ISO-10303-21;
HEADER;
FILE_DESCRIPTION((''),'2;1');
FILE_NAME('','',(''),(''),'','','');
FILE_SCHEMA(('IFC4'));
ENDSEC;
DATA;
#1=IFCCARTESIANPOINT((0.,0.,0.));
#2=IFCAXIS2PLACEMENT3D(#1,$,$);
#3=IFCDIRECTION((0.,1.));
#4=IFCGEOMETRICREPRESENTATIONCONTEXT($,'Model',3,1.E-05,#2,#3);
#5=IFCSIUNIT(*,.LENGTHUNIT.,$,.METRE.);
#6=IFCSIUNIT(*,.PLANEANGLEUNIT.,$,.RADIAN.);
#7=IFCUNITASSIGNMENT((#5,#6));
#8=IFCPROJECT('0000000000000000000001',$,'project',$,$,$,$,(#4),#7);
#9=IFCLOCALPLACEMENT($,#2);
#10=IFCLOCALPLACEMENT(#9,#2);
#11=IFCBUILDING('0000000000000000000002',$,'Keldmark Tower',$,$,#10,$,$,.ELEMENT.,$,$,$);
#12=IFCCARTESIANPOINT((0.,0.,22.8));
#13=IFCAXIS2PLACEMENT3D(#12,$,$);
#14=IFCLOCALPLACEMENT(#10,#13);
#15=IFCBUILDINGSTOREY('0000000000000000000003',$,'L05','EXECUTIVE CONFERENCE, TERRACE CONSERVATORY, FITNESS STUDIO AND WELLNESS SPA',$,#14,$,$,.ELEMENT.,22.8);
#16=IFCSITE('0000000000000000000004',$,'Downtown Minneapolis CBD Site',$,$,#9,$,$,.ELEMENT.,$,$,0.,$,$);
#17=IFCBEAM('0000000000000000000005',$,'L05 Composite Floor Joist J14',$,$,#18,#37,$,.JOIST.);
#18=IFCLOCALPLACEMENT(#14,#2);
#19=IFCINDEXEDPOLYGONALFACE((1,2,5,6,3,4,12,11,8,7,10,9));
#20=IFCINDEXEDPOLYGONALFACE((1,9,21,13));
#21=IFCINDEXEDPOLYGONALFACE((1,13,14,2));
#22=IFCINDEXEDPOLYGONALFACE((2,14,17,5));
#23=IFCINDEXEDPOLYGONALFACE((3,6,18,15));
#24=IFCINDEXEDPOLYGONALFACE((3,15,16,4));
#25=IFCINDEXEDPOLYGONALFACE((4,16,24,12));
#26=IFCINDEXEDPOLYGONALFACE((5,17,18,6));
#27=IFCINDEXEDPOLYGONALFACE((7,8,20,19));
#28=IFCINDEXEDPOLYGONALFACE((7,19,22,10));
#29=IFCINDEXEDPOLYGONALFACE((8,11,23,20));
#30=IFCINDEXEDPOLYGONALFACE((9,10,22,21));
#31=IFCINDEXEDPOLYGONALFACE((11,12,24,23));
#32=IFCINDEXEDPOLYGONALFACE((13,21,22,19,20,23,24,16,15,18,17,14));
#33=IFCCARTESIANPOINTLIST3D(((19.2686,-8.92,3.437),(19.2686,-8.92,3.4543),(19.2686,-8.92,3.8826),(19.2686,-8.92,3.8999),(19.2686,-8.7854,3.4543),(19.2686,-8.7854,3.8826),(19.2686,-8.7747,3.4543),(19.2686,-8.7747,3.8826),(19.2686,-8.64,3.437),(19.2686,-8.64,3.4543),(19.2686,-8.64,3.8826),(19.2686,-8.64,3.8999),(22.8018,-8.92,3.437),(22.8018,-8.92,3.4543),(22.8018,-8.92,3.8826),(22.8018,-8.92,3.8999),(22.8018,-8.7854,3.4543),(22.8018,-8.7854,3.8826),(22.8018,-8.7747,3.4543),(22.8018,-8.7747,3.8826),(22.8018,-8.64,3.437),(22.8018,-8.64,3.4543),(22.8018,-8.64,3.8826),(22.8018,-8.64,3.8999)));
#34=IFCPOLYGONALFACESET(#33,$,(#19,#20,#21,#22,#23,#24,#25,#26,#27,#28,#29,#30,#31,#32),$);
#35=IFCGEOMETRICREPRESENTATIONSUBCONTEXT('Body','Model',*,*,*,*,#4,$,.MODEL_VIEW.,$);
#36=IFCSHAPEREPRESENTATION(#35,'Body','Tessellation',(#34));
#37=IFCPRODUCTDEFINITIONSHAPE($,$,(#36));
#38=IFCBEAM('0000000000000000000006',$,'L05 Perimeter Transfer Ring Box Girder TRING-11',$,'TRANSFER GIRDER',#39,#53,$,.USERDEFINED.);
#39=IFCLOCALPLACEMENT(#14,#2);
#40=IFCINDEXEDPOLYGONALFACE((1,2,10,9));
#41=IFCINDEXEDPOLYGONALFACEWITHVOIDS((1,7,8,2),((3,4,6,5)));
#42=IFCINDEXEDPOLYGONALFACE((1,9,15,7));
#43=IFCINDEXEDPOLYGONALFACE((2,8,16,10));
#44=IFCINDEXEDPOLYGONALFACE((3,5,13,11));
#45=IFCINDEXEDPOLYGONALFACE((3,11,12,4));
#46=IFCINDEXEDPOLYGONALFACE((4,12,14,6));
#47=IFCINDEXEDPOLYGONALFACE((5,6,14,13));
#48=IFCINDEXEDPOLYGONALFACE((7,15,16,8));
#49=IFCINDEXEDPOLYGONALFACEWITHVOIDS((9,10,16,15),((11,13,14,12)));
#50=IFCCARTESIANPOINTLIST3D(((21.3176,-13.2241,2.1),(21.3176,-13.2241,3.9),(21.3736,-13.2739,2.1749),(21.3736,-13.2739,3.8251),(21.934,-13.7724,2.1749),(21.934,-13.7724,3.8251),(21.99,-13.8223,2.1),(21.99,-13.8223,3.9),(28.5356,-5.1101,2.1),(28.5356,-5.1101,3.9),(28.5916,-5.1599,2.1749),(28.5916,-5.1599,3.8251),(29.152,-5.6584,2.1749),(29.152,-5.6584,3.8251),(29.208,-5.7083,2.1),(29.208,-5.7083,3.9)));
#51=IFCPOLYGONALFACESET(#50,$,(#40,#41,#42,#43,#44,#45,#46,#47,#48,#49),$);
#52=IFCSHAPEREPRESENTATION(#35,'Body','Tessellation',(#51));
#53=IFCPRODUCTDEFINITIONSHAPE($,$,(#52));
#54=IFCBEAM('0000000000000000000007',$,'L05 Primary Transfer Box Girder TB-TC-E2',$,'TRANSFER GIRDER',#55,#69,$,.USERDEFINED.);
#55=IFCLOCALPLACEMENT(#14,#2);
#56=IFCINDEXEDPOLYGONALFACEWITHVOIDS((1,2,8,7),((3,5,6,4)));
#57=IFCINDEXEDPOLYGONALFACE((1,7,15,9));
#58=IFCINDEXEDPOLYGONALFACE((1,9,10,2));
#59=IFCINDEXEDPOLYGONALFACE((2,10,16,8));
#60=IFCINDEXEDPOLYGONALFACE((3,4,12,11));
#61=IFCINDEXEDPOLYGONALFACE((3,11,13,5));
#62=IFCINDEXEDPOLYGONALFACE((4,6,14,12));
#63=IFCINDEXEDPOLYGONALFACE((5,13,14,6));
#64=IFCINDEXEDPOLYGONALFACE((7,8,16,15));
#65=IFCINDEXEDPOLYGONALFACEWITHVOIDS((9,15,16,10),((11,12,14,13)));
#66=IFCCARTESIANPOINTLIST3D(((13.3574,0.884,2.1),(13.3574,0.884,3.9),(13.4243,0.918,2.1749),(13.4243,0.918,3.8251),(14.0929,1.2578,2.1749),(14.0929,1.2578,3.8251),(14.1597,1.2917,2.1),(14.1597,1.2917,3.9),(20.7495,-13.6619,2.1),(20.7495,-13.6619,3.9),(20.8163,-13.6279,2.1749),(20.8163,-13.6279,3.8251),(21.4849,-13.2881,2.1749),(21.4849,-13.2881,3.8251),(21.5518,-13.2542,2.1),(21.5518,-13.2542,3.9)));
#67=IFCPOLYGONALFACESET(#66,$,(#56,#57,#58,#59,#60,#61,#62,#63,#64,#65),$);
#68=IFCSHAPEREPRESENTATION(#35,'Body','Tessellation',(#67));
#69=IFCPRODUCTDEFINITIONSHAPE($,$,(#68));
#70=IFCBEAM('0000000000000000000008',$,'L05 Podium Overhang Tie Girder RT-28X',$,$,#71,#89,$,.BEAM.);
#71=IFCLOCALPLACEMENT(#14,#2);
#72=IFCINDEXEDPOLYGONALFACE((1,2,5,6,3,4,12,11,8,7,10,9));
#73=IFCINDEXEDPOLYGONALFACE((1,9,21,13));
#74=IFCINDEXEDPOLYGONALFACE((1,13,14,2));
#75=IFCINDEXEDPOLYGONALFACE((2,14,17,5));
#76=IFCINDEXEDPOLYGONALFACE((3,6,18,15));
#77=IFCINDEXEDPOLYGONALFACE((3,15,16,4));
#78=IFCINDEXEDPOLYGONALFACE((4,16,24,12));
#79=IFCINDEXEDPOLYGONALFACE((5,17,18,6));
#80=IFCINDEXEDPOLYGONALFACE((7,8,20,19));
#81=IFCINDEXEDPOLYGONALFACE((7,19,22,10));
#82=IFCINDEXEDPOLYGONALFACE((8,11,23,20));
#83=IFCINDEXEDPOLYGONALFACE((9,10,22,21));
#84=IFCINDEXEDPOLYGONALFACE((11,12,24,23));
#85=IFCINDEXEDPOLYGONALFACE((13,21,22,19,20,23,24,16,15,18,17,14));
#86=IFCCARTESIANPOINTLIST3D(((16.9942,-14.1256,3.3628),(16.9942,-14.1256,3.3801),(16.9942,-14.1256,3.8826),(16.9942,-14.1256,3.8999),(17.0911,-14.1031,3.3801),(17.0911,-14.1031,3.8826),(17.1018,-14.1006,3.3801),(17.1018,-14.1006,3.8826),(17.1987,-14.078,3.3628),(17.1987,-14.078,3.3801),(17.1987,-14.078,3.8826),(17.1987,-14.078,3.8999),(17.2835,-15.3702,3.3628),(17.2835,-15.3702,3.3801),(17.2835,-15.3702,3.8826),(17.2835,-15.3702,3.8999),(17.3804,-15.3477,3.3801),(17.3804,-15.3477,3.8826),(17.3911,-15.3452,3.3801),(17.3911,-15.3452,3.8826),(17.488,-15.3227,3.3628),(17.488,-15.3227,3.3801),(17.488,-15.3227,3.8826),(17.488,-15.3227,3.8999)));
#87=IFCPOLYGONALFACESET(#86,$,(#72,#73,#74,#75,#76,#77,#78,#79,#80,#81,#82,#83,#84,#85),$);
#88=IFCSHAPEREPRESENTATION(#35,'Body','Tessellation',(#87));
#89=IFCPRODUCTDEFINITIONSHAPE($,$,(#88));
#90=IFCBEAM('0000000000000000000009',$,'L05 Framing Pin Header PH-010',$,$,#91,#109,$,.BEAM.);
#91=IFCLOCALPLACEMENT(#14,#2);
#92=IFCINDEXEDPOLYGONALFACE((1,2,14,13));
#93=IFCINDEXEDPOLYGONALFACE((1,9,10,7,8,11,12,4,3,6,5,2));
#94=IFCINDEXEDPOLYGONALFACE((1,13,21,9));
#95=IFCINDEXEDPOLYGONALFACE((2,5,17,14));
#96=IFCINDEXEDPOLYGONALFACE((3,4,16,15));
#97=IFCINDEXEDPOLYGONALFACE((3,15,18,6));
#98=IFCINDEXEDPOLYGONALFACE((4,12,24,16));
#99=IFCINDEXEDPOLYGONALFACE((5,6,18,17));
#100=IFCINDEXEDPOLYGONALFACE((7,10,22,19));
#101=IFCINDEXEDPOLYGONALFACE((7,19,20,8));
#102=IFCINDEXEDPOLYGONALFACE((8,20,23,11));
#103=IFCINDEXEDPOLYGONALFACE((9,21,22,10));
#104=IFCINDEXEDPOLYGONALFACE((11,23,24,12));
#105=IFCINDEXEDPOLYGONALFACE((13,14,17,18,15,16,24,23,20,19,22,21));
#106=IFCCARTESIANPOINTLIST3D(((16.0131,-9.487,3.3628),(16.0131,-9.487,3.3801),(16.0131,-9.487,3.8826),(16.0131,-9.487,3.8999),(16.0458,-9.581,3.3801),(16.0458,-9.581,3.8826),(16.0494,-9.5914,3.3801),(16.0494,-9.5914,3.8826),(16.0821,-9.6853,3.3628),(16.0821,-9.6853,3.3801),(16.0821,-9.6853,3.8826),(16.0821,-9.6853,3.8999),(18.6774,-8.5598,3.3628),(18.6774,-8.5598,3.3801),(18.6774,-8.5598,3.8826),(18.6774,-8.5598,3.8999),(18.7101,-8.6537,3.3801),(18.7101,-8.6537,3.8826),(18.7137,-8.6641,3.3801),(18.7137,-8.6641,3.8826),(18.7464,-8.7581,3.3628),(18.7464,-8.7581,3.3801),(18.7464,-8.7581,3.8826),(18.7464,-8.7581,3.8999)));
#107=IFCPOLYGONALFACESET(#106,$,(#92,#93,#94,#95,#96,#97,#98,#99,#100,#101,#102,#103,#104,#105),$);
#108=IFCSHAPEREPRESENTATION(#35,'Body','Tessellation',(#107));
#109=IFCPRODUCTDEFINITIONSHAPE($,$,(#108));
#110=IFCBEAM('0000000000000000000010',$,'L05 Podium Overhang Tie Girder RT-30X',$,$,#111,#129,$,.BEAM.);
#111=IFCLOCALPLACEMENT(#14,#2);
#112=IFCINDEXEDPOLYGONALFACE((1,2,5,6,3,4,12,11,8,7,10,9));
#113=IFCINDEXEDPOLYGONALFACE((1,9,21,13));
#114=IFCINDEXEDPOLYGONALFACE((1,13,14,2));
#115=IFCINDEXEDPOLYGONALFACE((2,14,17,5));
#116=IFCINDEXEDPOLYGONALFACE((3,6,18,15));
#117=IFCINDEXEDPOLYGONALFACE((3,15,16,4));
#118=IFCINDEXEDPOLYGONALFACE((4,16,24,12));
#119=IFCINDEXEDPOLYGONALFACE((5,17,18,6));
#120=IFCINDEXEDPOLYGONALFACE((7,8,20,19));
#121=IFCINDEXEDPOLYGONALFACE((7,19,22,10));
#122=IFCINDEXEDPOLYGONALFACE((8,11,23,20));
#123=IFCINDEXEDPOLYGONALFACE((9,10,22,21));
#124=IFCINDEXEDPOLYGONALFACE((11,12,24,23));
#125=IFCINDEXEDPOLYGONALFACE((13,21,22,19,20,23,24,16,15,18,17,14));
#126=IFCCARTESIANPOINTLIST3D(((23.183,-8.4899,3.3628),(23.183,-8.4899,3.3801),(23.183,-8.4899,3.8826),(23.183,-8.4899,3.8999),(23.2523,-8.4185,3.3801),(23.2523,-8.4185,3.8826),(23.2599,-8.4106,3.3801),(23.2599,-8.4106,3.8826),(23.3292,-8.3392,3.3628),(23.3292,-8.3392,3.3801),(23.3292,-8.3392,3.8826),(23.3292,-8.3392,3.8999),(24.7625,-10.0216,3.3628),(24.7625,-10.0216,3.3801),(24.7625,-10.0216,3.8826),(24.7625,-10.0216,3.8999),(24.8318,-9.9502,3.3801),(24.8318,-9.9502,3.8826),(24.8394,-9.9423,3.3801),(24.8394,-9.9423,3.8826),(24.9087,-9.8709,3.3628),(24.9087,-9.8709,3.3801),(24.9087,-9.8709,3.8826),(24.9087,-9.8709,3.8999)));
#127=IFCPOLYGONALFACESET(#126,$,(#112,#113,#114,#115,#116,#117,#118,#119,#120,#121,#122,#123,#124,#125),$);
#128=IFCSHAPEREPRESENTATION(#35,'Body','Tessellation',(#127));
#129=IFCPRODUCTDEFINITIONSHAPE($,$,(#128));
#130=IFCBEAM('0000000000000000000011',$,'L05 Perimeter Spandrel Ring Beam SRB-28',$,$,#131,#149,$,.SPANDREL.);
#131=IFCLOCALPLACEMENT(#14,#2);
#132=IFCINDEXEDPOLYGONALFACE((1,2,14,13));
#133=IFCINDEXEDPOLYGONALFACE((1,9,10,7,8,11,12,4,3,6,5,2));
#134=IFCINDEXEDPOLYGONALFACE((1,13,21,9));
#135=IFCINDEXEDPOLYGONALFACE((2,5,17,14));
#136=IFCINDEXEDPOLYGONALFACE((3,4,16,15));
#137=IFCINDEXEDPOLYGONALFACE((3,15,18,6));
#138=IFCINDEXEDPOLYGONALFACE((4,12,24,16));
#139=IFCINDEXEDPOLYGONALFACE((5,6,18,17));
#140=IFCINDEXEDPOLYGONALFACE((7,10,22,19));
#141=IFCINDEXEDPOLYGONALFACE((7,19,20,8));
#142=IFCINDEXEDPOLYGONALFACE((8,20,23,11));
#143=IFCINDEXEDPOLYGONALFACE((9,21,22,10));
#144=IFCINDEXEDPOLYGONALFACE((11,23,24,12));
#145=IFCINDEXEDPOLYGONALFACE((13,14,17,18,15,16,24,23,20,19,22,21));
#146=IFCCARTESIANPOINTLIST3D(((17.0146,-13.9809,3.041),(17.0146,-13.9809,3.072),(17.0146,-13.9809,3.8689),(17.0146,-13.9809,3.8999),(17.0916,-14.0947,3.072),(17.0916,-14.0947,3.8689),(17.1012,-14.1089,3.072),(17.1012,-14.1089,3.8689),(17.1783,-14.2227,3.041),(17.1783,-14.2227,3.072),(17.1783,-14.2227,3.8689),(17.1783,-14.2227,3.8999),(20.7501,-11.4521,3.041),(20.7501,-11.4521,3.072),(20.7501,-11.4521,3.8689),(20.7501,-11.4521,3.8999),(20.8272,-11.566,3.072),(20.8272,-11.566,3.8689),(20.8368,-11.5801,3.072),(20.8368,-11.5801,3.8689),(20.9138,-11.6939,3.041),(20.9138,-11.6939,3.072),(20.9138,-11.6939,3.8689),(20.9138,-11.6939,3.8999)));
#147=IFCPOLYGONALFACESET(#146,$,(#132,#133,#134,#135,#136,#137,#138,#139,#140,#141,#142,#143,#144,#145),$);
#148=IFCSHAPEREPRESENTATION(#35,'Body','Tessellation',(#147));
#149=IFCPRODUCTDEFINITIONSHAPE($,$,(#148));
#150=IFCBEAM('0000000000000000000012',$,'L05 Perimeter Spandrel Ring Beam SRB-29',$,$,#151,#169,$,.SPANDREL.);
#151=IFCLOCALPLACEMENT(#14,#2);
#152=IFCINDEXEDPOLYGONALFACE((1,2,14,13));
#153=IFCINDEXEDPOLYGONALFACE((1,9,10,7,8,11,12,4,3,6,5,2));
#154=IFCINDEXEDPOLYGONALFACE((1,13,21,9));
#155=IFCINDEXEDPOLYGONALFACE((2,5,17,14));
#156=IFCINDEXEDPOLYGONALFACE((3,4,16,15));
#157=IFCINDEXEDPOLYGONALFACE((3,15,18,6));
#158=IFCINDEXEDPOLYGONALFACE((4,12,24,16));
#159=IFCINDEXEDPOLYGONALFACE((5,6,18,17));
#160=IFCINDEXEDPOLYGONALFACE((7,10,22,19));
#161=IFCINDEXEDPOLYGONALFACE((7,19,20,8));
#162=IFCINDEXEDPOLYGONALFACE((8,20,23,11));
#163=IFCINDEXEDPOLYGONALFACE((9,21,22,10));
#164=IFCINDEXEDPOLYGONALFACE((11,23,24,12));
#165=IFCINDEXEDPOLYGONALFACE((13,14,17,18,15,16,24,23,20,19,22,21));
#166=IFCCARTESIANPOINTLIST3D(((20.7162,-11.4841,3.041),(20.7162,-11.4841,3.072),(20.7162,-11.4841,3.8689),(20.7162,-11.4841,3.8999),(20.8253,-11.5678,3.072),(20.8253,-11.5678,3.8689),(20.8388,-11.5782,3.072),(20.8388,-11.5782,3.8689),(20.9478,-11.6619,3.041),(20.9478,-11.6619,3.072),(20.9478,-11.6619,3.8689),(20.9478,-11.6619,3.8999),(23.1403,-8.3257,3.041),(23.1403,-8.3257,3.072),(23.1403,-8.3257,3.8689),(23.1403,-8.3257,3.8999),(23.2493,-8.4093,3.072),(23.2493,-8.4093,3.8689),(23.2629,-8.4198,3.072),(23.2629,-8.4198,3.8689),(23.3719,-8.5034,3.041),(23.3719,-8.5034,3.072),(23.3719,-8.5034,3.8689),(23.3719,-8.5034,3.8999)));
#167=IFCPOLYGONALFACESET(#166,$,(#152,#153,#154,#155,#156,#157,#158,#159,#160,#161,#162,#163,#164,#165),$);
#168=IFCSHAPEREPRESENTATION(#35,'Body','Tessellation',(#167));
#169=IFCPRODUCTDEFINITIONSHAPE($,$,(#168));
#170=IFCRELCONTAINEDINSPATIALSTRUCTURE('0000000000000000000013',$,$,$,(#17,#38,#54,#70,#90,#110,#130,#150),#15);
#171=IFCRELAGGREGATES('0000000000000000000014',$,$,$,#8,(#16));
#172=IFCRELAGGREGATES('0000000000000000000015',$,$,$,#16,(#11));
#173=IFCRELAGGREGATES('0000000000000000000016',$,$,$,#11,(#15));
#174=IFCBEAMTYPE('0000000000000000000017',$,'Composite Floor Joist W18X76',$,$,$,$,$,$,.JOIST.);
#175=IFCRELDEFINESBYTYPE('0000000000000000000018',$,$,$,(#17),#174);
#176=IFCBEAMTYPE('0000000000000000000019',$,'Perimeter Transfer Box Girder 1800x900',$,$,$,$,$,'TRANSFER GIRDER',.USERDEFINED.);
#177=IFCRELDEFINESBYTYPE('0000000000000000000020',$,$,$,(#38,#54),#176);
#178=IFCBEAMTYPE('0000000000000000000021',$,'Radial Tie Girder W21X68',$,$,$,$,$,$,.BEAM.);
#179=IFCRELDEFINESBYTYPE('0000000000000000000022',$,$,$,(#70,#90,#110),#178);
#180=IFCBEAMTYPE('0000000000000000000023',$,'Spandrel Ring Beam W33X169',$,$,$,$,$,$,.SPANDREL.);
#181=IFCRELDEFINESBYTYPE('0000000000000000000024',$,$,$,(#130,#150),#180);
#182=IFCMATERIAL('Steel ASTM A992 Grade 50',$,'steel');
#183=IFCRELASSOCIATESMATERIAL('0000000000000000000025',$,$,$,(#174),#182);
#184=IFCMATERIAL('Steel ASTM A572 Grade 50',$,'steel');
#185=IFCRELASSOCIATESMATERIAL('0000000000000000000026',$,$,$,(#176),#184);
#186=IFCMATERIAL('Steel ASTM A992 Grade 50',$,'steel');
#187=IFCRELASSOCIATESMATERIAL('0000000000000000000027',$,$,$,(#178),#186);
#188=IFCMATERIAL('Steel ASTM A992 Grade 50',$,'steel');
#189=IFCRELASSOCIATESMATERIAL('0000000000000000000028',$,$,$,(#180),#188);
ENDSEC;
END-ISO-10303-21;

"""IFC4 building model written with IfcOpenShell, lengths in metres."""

from ifc_helpers import new_model, si_unit, direction, frame, origin, origin_2d, place, context, subcontext, project, spatial, hollow_rectangle, i_section, extrude, material, material_profile, profile_set, type_object, element, save


model = new_model("IFC4")

# Units and contexts
model_context = context("Model", 3, precision=1e-05, world=origin(), true_north=direction((0.0, 1.0)))
body_context = subcontext(model_context, "Body", "Model", "MODEL_VIEW")
ifc_project = project(units=[si_unit("LENGTHUNIT", "METRE"), si_unit("PLANEANGLEUNIT", "RADIAN")], contexts=[model_context])

# Site, building, storey
site_placement = place(None, origin())
site = spatial("IfcSite", under=ifc_project, at=site_placement, Name="Downtown Minneapolis CBD Site", CompositionType="ELEMENT", RefElevation=0.0)
building_placement = place(site_placement, origin())
building = spatial("IfcBuilding", under=site, at=building_placement, Name="Keldmark Tower", CompositionType="ELEMENT")
storey_placement = place(building_placement, frame((0.0, 0.0, 22.8)))
storey = spatial("IfcBuildingStorey", under=building, at=storey_placement, Name="L05", Description="EXECUTIVE CONFERENCE, TERRACE CONSERVATORY, FITNESS STUDIO AND WELLNESS SPA", CompositionType="ELEMENT", Elevation=22.8)

# Beams
ifc_material_1 = material(Name="Steel ASTM A992 Grade 50", Category="steel")
ifc_material_profile_1 = material_profile(ifc_material_1, i_section(OverallWidth=0.28, OverallDepth=0.4629, WebThickness=0.0107, FlangeThickness=0.0173, at=origin_2d()), Name="W18X76")
ifc_profile_set_1 = profile_set([ifc_material_profile_1], Name="Steel ASTM A992 Grade 50")
beam_type_1 = type_object("IfcBeamType", Name="Composite Floor Joist W18X76", PredefinedType="JOIST", material=ifc_profile_set_1)
beam_1_placement = place(storey_placement, frame((19.2686, -8.78, 3.6685), z_axis=(1.0, 0.0, 0.0), x_axis=(0.0, 1.0, 0.0)))
element("IfcBeam", 1, at=beam_1_placement, inside=storey, type_object=beam_type_1, Name="L05 Composite Floor Joist J14", PredefinedType="JOIST", context=body_context, shape_type="SweptSolid", body=[
    extrude(i_section(OverallWidth=0.28, OverallDepth=0.4629, WebThickness=0.0107, FlangeThickness=0.0173, at=origin_2d()), origin(), (0.0, 0.0, 1.0), 3.5332),
])
ifc_material_2 = material(Name="Steel ASTM A572 Grade 50", Category="steel")
ifc_material_profile_2 = material_profile(ifc_material_2, hollow_rectangle(XDim=0.8999, YDim=1.8, WallThickness=0.075, at=origin_2d()), Name="TBOX1800X900X75")
ifc_profile_set_2 = profile_set([ifc_material_profile_2], Name="Steel ASTM A572 Grade 50")
beam_type_2 = type_object("IfcBeamType", Name="Perimeter Transfer Box Girder 1800x900", ElementType="TRANSFER GIRDER", PredefinedType="USERDEFINED", material=ifc_profile_set_2)
beam_2_placement = place(storey_placement, frame((21.6538, -13.5232, 3.0), z_axis=(0.66465, 0.747155, 0.0), x_axis=(-0.747155, 0.66465, 0.0)))
element("IfcBeam", 2, at=beam_2_placement, inside=storey, type_object=beam_type_2, Name="L05 Perimeter Transfer Ring Box Girder TRING-11", ObjectType="TRANSFER GIRDER", PredefinedType="USERDEFINED", context=body_context, shape_type="SweptSolid", body=[
    extrude(hollow_rectangle(XDim=0.8999, YDim=1.8, WallThickness=0.075, at=origin_2d()), origin(), (0.0, 0.0, 1.0), 10.8599),
])
beam_3_placement = place(storey_placement, frame((21.1506, -13.458, 3.0), z_axis=(-0.453046, 0.891487, 0.0), x_axis=(-0.891487, -0.453046, 0.0)))
element("IfcBeam", 3, at=beam_3_placement, inside=storey, type_object=beam_type_2, Name="L05 Primary Transfer Box Girder TB-TC-E2", ObjectType="TRANSFER GIRDER", PredefinedType="USERDEFINED", context=body_context, shape_type="SweptSolid", body=[
    extrude(hollow_rectangle(XDim=0.8999, YDim=1.8, WallThickness=0.075, at=origin_2d()), origin(), (0.0, 0.0, 1.0), 16.3164),
])
ifc_material_3 = material(Name="Steel ASTM A992 Grade 50", Category="steel")
ifc_material_profile_3 = material_profile(ifc_material_3, i_section(OverallWidth=0.21, OverallDepth=0.5371, WebThickness=0.011, FlangeThickness=0.0173, at=origin_2d()), Name="W21X68")
ifc_profile_set_3 = profile_set([ifc_material_profile_3], Name="Steel ASTM A992 Grade 50")
beam_type_3 = type_object("IfcBeamType", Name="Radial Tie Girder W21X68", PredefinedType="BEAM", material=ifc_profile_set_3)
beam_4_placement = place(storey_placement, frame((17.0964, -14.1018, 3.6313), z_axis=(0.226408, -0.974033, 0.0), x_axis=(0.974033, 0.226408, 0.0)))
element("IfcBeam", 4, at=beam_4_placement, inside=storey, type_object=beam_type_3, Name="L05 Podium Overhang Tie Girder RT-28X", PredefinedType="BEAM", context=body_context, shape_type="SweptSolid", body=[
    extrude(i_section(OverallWidth=0.21, OverallDepth=0.5371, WebThickness=0.011, FlangeThickness=0.0173, at=origin_2d()), origin(), (0.0, 0.0, 1.0), 1.2778),
])
beam_5_placement = place(storey_placement, frame((16.0476, -9.5862, 3.6313), z_axis=(0.944438, 0.328688, 0.0), x_axis=(-0.328688, 0.944438, 0.0)))
element("IfcBeam", 5, at=beam_5_placement, inside=storey, type_object=beam_type_3, Name="L05 Framing Pin Header PH-010", PredefinedType="BEAM", context=body_context, shape_type="SweptSolid", body=[
    extrude(i_section(OverallWidth=0.21, OverallDepth=0.5371, WebThickness=0.011, FlangeThickness=0.0173, at=origin_2d()), origin(), (0.0, 0.0, 1.0), 2.821),
])
beam_6_placement = place(storey_placement, frame((23.2561, -8.4146, 3.6313), z_axis=(0.717897, -0.696149, 0.0), x_axis=(0.696149, 0.717897, 0.0)))
element("IfcBeam", 6, at=beam_6_placement, inside=storey, type_object=beam_type_3, Name="L05 Podium Overhang Tie Girder RT-30X", PredefinedType="BEAM", context=body_context, shape_type="SweptSolid", body=[
    extrude(i_section(OverallWidth=0.21, OverallDepth=0.5371, WebThickness=0.011, FlangeThickness=0.0173, at=origin_2d()), origin(), (0.0, 0.0, 1.0), 2.2002),
])
ifc_material_4 = material(Name="Steel ASTM A992 Grade 50", Category="steel")
ifc_material_profile_4 = material_profile(ifc_material_4, i_section(OverallWidth=0.292, OverallDepth=0.8589, WebThickness=0.0171, FlangeThickness=0.031, at=origin_2d()), Name="W33X169")
ifc_profile_set_4 = profile_set([ifc_material_profile_4], Name="Steel ASTM A992 Grade 50")
beam_type_4 = type_object("IfcBeamType", Name="Spandrel Ring Beam W33X169", PredefinedType="SPANDREL", material=ifc_profile_set_4)
beam_7_placement = place(storey_placement, frame((17.0964, -14.1018, 3.4705), z_axis=(0.828099, 0.560581, 0.0), x_axis=(-0.560581, 0.828099, 0.0)))
element("IfcBeam", 7, at=beam_7_placement, inside=storey, type_object=beam_type_4, Name="L05 Perimeter Spandrel Ring Beam SRB-28", PredefinedType="SPANDREL", context=body_context, shape_type="SweptSolid", body=[
    extrude(i_section(OverallWidth=0.292, OverallDepth=0.8589, WebThickness=0.0171, FlangeThickness=0.031, at=origin_2d()), origin(), (0.0, 0.0, 1.0), 4.511),
])
beam_8_placement = place(storey_placement, frame((20.832, -11.573, 3.4705), z_axis=(0.608842, 0.793291, 0.0), x_axis=(-0.793291, 0.608842, 0.0)))
element("IfcBeam", 8, at=beam_8_placement, inside=storey, type_object=beam_type_4, Name="L05 Perimeter Spandrel Ring Beam SRB-29", PredefinedType="SPANDREL", context=body_context, shape_type="SweptSolid", body=[
    extrude(i_section(OverallWidth=0.292, OverallDepth=0.8589, WebThickness=0.0171, FlangeThickness=0.031, at=origin_2d()), origin(), (0.0, 0.0, 1.0), 3.9814),
])

save(model, "model.ifc")
